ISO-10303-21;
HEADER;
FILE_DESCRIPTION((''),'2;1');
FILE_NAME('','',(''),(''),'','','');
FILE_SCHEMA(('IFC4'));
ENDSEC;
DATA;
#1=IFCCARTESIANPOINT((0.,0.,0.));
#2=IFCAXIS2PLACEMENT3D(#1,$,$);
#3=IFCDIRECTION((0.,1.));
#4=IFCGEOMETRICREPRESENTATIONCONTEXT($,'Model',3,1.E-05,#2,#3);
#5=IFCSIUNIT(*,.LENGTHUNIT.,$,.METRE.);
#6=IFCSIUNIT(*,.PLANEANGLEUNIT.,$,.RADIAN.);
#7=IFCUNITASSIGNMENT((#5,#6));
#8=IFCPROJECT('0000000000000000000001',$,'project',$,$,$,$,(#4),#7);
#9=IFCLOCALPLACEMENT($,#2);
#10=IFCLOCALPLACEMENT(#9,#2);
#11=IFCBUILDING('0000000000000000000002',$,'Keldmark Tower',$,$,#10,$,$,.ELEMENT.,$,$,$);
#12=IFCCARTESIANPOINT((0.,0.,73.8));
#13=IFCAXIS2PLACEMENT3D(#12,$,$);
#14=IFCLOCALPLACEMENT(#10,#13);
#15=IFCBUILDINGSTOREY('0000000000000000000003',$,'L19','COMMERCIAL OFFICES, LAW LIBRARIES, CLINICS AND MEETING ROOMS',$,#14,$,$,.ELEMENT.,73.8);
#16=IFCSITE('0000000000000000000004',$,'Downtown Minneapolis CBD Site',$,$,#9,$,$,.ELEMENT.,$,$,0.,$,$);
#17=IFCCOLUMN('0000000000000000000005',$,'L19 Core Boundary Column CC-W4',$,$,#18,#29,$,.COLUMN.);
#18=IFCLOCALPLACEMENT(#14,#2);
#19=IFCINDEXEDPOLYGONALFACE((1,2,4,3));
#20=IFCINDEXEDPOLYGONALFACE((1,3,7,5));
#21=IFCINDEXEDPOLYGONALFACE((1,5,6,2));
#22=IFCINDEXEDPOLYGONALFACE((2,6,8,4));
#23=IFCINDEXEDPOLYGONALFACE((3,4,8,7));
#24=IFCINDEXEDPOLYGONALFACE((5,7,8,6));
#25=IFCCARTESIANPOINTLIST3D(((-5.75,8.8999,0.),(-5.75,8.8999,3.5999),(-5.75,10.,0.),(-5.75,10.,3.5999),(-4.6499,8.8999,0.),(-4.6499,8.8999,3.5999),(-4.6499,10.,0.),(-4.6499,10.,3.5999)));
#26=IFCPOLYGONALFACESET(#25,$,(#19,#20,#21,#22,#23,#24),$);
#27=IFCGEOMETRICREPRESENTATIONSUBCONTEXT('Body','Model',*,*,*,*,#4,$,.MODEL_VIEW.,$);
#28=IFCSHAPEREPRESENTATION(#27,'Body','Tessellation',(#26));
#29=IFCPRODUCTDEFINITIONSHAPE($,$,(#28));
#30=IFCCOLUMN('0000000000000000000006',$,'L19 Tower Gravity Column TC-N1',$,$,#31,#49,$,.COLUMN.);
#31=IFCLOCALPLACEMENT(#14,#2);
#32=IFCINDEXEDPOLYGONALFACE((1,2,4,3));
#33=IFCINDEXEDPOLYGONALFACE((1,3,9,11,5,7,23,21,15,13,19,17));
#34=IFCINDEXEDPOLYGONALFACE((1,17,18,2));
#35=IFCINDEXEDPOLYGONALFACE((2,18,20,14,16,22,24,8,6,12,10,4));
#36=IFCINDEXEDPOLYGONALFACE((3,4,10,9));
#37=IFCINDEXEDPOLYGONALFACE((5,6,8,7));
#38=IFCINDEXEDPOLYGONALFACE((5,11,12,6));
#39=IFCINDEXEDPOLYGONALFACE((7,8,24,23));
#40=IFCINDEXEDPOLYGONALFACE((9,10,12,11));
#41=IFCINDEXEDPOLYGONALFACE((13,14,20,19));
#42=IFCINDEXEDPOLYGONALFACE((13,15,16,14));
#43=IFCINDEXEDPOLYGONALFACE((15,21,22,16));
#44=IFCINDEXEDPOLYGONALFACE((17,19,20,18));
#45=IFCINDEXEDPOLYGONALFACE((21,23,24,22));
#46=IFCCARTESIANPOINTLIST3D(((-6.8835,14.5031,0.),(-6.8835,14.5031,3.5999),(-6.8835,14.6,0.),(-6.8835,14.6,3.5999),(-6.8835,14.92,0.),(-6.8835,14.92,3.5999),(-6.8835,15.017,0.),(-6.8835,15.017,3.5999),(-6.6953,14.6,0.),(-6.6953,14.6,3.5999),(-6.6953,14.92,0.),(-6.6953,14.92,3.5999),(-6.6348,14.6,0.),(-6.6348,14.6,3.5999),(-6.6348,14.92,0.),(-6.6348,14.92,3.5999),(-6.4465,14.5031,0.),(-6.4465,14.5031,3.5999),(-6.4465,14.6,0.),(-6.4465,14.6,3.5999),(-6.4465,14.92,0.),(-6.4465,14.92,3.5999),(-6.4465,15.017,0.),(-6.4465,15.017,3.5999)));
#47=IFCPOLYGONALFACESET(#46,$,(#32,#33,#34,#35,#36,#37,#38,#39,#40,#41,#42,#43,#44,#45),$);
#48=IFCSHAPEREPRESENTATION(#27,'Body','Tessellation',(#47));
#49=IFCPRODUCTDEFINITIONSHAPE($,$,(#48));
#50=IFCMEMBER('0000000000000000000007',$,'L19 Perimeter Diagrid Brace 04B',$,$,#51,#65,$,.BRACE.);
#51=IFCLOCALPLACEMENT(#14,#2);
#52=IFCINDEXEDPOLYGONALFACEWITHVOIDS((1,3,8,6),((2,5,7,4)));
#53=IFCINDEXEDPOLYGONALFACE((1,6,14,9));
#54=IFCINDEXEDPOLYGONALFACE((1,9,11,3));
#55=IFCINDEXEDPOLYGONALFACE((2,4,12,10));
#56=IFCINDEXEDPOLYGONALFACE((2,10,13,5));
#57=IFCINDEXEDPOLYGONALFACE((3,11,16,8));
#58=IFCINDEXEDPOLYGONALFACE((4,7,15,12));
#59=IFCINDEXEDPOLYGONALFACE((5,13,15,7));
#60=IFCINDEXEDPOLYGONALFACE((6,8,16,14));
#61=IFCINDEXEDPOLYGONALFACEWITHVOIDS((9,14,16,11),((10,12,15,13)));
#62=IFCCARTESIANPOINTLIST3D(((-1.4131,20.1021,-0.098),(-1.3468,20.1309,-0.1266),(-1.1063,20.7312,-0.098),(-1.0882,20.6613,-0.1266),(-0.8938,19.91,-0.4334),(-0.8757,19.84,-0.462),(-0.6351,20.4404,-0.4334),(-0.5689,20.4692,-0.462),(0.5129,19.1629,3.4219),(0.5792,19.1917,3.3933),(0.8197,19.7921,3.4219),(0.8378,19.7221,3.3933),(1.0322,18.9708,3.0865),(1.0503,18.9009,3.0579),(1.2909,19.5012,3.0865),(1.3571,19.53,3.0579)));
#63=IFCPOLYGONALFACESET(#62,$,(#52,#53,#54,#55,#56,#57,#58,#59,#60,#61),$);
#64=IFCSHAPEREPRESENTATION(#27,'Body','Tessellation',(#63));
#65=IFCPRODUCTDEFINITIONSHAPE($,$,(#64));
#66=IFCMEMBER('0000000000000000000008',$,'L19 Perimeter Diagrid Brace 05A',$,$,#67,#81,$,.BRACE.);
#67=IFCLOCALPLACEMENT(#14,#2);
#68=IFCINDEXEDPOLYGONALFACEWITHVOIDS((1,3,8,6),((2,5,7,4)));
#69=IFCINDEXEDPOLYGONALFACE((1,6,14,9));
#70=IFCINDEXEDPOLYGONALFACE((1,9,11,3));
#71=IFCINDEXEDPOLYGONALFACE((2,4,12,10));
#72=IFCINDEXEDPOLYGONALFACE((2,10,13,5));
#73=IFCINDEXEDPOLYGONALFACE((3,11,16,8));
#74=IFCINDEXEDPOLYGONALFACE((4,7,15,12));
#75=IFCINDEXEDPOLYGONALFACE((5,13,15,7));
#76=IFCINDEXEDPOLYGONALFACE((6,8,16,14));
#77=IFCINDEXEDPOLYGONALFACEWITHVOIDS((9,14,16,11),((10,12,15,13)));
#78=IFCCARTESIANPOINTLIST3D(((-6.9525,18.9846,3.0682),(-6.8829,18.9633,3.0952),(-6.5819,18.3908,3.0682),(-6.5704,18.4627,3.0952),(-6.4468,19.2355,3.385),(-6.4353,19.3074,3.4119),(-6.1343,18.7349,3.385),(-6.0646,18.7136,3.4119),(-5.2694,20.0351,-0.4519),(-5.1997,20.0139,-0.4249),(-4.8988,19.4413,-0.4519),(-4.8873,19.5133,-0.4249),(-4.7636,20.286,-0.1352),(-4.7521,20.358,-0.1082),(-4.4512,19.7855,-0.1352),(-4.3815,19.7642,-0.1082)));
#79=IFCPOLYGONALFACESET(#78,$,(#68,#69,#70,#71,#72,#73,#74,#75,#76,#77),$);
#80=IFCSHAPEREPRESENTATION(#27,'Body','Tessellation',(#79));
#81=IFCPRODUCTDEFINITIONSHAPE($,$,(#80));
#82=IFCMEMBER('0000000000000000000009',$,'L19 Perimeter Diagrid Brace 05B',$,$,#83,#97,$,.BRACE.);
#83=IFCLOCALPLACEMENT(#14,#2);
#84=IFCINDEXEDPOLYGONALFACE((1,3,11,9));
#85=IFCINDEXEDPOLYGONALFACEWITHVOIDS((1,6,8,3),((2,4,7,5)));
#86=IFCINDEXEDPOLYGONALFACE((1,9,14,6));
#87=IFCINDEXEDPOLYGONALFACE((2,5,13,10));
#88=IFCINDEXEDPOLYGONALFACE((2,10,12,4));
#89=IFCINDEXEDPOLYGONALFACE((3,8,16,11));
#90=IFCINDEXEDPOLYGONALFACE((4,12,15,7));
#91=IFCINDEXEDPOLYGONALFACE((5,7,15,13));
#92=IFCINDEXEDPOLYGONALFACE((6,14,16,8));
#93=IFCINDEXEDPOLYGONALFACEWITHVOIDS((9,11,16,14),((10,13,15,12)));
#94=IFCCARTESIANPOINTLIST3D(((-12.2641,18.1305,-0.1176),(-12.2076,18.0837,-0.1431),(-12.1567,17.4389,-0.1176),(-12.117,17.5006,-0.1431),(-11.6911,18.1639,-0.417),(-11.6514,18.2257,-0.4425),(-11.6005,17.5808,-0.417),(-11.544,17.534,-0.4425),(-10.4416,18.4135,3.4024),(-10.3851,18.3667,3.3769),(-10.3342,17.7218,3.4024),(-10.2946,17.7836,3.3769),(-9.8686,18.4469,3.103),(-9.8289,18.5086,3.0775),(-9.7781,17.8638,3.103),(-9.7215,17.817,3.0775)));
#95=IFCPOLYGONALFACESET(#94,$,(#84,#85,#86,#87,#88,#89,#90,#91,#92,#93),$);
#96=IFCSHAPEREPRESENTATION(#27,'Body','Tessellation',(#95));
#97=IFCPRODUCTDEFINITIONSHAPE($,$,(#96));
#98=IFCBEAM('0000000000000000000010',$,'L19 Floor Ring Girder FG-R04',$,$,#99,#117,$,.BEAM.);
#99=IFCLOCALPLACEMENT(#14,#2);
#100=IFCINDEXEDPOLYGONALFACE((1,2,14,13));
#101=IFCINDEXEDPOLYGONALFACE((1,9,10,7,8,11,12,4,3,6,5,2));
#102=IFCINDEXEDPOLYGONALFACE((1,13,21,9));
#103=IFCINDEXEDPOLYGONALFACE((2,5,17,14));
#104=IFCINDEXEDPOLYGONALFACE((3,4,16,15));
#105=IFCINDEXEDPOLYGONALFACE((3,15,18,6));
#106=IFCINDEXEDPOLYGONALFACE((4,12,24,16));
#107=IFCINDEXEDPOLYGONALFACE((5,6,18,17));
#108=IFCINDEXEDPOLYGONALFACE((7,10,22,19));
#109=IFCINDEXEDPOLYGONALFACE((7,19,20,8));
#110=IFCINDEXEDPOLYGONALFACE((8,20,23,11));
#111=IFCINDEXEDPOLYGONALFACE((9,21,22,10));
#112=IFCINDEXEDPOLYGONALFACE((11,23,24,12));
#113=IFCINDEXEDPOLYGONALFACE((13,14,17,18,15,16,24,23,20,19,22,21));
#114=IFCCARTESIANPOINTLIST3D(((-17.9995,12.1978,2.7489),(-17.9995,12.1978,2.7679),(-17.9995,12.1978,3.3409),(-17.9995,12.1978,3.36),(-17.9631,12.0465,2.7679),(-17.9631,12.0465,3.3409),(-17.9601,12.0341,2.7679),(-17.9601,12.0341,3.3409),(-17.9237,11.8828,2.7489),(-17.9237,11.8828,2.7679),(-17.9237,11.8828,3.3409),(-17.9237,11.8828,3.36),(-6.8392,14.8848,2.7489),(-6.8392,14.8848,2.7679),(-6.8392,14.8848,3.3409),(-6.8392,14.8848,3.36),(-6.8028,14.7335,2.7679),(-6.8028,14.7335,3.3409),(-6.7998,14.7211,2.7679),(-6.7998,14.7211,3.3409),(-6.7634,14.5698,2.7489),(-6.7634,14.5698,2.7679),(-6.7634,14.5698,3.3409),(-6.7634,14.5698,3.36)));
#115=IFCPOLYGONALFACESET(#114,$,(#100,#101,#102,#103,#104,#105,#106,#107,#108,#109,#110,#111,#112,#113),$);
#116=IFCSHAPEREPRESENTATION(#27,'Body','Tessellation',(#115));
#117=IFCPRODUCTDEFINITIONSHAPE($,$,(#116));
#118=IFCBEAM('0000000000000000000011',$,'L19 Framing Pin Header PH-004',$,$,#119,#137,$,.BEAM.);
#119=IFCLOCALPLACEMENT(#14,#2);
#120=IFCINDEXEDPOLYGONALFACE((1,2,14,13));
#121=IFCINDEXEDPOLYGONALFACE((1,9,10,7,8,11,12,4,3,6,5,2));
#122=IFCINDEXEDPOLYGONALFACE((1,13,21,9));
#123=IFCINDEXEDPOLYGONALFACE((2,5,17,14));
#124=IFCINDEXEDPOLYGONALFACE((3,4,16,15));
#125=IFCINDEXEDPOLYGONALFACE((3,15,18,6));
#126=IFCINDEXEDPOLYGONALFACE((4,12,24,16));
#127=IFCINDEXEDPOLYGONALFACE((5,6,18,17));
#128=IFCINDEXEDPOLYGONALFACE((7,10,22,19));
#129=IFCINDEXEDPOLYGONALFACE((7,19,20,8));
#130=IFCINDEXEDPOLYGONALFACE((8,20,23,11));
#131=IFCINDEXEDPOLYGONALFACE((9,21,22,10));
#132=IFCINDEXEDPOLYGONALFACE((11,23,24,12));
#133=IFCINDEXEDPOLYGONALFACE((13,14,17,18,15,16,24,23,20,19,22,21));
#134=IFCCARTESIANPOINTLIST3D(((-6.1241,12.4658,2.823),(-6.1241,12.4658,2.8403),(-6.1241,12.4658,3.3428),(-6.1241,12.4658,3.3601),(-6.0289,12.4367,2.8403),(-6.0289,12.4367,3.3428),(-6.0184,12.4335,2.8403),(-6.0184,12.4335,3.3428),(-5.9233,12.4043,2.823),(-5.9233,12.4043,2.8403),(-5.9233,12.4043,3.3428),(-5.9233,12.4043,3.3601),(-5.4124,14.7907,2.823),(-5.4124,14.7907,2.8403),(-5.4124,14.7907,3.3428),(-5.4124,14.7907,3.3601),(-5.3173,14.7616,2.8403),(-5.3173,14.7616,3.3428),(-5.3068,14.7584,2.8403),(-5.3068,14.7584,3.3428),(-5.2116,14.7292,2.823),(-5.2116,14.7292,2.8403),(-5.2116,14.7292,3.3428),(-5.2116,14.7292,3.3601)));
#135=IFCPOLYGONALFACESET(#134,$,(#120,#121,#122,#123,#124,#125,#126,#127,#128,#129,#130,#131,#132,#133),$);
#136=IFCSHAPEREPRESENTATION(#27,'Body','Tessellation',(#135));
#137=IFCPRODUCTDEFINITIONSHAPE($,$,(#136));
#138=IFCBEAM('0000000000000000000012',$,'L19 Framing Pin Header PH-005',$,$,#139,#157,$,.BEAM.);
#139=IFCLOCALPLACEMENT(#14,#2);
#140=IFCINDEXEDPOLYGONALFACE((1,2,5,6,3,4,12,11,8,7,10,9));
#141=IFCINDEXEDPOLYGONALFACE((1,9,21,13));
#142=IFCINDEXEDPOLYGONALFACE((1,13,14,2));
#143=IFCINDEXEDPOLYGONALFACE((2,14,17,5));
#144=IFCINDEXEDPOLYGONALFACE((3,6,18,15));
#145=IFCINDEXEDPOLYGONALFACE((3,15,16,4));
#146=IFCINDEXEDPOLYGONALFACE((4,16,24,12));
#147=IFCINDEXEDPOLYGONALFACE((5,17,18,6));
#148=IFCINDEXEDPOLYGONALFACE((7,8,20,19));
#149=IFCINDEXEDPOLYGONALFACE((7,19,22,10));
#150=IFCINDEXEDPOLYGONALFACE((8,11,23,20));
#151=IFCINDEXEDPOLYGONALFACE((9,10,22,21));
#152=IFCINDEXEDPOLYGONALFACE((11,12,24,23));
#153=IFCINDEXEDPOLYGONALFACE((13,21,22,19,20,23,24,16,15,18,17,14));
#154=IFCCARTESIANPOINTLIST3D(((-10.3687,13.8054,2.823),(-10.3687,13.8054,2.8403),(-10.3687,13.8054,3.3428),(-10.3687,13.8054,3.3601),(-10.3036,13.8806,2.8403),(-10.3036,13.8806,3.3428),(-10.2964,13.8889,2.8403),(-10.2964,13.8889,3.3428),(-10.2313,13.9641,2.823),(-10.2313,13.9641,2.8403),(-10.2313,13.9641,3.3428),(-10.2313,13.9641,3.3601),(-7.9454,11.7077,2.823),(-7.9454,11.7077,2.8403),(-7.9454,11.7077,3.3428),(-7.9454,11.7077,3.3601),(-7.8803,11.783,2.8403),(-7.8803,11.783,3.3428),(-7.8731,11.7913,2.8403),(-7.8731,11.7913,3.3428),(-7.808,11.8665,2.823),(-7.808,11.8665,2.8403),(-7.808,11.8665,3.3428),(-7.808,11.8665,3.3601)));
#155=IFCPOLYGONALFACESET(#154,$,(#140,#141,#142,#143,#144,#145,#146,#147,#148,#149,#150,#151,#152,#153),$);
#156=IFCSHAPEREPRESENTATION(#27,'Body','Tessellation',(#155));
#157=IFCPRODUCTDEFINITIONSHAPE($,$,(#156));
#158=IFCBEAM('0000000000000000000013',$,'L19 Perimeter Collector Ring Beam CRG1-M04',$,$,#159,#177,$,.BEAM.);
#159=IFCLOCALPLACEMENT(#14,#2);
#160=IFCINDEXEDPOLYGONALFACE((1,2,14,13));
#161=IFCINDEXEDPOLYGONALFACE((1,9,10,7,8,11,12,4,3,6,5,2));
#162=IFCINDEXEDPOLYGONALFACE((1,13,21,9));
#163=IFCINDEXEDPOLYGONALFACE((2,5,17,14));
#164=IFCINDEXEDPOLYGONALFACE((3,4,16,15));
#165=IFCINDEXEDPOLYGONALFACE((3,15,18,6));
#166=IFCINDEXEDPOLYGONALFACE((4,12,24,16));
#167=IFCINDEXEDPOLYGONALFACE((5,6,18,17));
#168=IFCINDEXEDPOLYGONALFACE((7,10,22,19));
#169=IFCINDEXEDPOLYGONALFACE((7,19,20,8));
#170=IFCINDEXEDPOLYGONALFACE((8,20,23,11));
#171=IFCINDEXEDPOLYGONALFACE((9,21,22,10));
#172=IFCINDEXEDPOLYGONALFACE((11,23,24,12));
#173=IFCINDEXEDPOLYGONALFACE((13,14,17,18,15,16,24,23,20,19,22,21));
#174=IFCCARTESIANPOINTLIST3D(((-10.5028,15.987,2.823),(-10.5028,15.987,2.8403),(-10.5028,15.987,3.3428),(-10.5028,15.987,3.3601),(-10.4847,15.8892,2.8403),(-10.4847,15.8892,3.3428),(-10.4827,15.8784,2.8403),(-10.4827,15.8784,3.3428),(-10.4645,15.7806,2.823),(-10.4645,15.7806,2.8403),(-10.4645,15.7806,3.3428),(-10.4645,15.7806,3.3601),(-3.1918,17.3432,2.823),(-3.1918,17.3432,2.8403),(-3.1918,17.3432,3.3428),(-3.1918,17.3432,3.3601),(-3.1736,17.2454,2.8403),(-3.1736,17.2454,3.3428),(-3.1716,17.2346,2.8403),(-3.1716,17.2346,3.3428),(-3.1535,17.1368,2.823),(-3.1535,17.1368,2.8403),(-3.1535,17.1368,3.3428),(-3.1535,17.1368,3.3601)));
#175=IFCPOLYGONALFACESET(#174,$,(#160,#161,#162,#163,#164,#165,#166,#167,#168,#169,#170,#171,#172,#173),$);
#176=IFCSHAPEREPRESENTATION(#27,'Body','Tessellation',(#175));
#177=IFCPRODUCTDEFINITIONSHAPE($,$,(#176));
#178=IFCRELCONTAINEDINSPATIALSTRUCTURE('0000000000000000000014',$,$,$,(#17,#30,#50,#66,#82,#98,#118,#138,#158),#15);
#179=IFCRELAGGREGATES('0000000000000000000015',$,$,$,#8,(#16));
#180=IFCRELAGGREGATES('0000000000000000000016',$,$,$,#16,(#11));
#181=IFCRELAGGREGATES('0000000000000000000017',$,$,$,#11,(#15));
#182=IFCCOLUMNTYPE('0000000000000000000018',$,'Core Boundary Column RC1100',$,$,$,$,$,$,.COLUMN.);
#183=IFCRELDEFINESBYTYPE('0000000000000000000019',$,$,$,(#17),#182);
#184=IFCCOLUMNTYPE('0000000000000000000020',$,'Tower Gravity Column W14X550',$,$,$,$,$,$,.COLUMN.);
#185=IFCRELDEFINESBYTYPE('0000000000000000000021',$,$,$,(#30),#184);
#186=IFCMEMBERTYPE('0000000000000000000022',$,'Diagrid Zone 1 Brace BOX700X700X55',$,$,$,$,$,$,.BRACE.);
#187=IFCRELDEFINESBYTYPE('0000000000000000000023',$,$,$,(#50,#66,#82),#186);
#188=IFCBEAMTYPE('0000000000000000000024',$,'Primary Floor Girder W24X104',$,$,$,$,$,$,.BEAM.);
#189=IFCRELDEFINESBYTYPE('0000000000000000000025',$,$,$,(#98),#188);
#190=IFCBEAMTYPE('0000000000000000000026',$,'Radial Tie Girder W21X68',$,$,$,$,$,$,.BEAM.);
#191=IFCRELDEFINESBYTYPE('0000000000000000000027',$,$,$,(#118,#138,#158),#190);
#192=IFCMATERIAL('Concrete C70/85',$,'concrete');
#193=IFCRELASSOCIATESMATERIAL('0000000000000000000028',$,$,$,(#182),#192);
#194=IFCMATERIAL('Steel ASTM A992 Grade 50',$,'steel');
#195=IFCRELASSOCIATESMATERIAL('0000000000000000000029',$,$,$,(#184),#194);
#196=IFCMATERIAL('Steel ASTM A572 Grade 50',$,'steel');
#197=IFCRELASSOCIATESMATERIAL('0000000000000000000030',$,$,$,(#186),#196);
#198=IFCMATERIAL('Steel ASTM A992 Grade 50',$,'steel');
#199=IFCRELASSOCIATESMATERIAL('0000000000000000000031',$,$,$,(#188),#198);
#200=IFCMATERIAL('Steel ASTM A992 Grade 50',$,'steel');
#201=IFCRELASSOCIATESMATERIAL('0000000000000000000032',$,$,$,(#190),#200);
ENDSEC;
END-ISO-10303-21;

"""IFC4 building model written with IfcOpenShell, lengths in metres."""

from ifc_helpers import new_model, si_unit, direction, frame, origin, origin_2d, place, context, subcontext, project, spatial, rectangle, hollow_rectangle, i_section, extrude, material, material_profile, profile_set, type_object, element, save


model = new_model("IFC4")

# Units and contexts
model_context = context("Model", 3, precision=1e-05, world=origin(), true_north=direction((0.0, 1.0)))
body_context = subcontext(model_context, "Body", "Model", "MODEL_VIEW")
ifc_project = project(units=[si_unit("LENGTHUNIT", "METRE"), si_unit("PLANEANGLEUNIT", "RADIAN")], contexts=[model_context])

# Site, building, storey
site_placement = place(None, origin())
site = spatial("IfcSite", under=ifc_project, at=site_placement, Name="Downtown Minneapolis CBD Site", CompositionType="ELEMENT", RefElevation=0.0)
building_placement = place(site_placement, origin())
building = spatial("IfcBuilding", under=site, at=building_placement, Name="Keldmark Tower", CompositionType="ELEMENT")
storey_placement = place(building_placement, frame((0.0, 0.0, 73.8)))
storey = spatial("IfcBuildingStorey", under=building, at=storey_placement, Name="L19", Description="COMMERCIAL OFFICES, LAW LIBRARIES, CLINICS AND MEETING ROOMS", CompositionType="ELEMENT", Elevation=73.8)

# Columns
ifc_material_1 = material(Name="Concrete C70/85", Category="concrete")
ifc_material_profile_1 = material_profile(ifc_material_1, rectangle(XDim=1.1001, YDim=1.1001, at=origin_2d()), Name="RC1100X1100")
ifc_profile_set_1 = profile_set([ifc_material_profile_1], Name="Concrete C70/85")
column_type_1 = type_object("IfcColumnType", Name="Core Boundary Column RC1100", PredefinedType="COLUMN", material=ifc_profile_set_1)
column_1_placement = place(storey_placement, frame((-5.2, 9.45, 0.0), z_axis=(0.0, 0.0, 1.0), x_axis=(1.0, 0.0, 0.0)))
element("IfcColumn", 1, at=column_1_placement, inside=storey, type_object=column_type_1, Name="L19 Core Boundary Column CC-W4", PredefinedType="COLUMN", context=body_context, shape_type="SweptSolid", body=[
    extrude(rectangle(XDim=1.1001, YDim=1.1001, at=origin_2d()), origin(), (0.0, 0.0, 1.0), 3.5999),
])
ifc_material_2 = material(Name="Steel ASTM A992 Grade 50", Category="steel")
ifc_material_profile_2 = material_profile(ifc_material_2, i_section(OverallWidth=0.437, OverallDepth=0.5139, WebThickness=0.0605, FlangeThickness=0.0969, at=origin_2d()), Name="W14X550")
ifc_profile_set_2 = profile_set([ifc_material_profile_2], Name="Steel ASTM A992 Grade 50")
column_type_2 = type_object("IfcColumnType", Name="Tower Gravity Column W14X550", PredefinedType="COLUMN", material=ifc_profile_set_2)
column_2_placement = place(storey_placement, frame((-6.665, 14.76, 0.0), z_axis=(0.0, 0.0, 1.0), x_axis=(1.0, 0.0, 0.0)))
element("IfcColumn", 2, at=column_2_placement, inside=storey, type_object=column_type_2, Name="L19 Tower Gravity Column TC-N1", PredefinedType="COLUMN", context=body_context, shape_type="SweptSolid", body=[
    extrude(i_section(OverallWidth=0.437, OverallDepth=0.5139, WebThickness=0.0605, FlangeThickness=0.0969, at=origin_2d()), origin(), (0.0, 0.0, 1.0), 3.5999),
])

# Members
ifc_material_3 = material(Name="Steel ASTM A572 Grade 50", Category="steel")
ifc_material_profile_3 = material_profile(ifc_material_3, hollow_rectangle(XDim=0.7, YDim=0.7, WallThickness=0.0549, at=origin_2d()), Name="BOX700X700X55")
ifc_profile_set_3 = profile_set([ifc_material_profile_3], Name="Steel ASTM A572 Grade 50")
member_type = type_object("IfcMemberType", Name="Diagrid Zone 1 Brace BOX700X700X55", PredefinedType="BRACE", material=ifc_profile_set_3)
member_1_placement = place(storey_placement, frame((-0.991, 20.2856, -0.28), z_axis=(0.467374, -0.227911, 0.854177), x_axis=(0.438305, 0.898826, 0.0)))
element("IfcMember", 3, at=member_1_placement, inside=storey, type_object=member_type, Name="L19 Perimeter Diagrid Brace 04B", PredefinedType="BRACE", context=body_context, shape_type="SweptSolid", body=[
    extrude(hollow_rectangle(XDim=0.7, YDim=0.7, WallThickness=0.0549, at=origin_2d()), origin(), (0.0, 0.0, 1.0), 4.1208),
])
member_2_placement = place(storey_placement, frame((-4.8254, 19.8997, -0.28), z_axis=(-0.416541, -0.259991, 0.871148), x_axis=(0.52949, -0.848316, 0.0)))
element("IfcMember", 4, at=member_2_placement, inside=storey, type_object=member_type, Name="L19 Perimeter Diagrid Brace 05A", PredefinedType="BRACE", context=body_context, shape_type="SweptSolid", body=[
    extrude(hollow_rectangle(XDim=0.7, YDim=0.7, WallThickness=0.0549, at=origin_2d()), origin(), (0.0, 0.0, 1.0), 4.0408),
])
member_3_placement = place(storey_placement, frame((-11.9041, 17.8323, -0.28), z_axis=(0.458616, 0.071204, 0.885777), x_axis=(-0.15342, 0.988161, 0.0)))
element("IfcMember", 5, at=member_3_placement, inside=storey, type_object=member_type, Name="L19 Perimeter Diagrid Brace 05B", PredefinedType="BRACE", context=body_context, shape_type="SweptSolid", body=[
    extrude(hollow_rectangle(XDim=0.7, YDim=0.7, WallThickness=0.0549, at=origin_2d()), origin(), (0.0, 0.0, 1.0), 3.9739),
])

# Beams
ifc_material_4 = material(Name="Steel ASTM A992 Grade 50", Category="steel")
ifc_material_profile_4 = material_profile(ifc_material_4, i_section(OverallWidth=0.324, OverallDepth=0.6111, WebThickness=0.0127, FlangeThickness=0.019, at=origin_2d()), Name="W24X104")
ifc_profile_set_4 = profile_set([ifc_material_profile_4], Name="Steel ASTM A992 Grade 50")
beam_type_1 = type_object("IfcBeamType", Name="Primary Floor Girder W24X104", PredefinedType="BEAM", material=ifc_profile_set_4)
beam_1_placement = place(storey_placement, frame((-6.8013, 14.7273, 3.0544), z_axis=(-0.972219, -0.234074, 0.0), x_axis=(0.234074, -0.972219, 0.0)))
element("IfcBeam", 6, at=beam_1_placement, inside=storey, type_object=beam_type_1, Name="L19 Floor Ring Girder FG-R04", PredefinedType="BEAM", context=body_context, shape_type="SweptSolid", body=[
    extrude(i_section(OverallWidth=0.324, OverallDepth=0.6111, WebThickness=0.0127, FlangeThickness=0.019, at=origin_2d()), origin(), (0.0, 0.0, 1.0), 11.4792),
])
ifc_material_5 = material(Name="Steel ASTM A992 Grade 50", Category="steel")
ifc_material_profile_5 = material_profile(ifc_material_5, i_section(OverallWidth=0.21, OverallDepth=0.5371, WebThickness=0.011, FlangeThickness=0.0173, at=origin_2d()), Name="W21X68")
ifc_profile_set_5 = profile_set([ifc_material_profile_5], Name="Steel ASTM A992 Grade 50")
beam_type_2 = type_object("IfcBeamType", Name="Radial Tie Girder W21X68", PredefinedType="BEAM", material=ifc_profile_set_5)
beam_2_placement = place(storey_placement, frame((-6.0237, 12.4351, 3.0916), z_axis=(0.292696, 0.956206, 0.0), x_axis=(-0.956206, 0.292696, 0.0)))
element("IfcBeam", 7, at=beam_2_placement, inside=storey, type_object=beam_type_2, Name="L19 Framing Pin Header PH-004", PredefinedType="BEAM", context=body_context, shape_type="SweptSolid", body=[
    extrude(i_section(OverallWidth=0.21, OverallDepth=0.5371, WebThickness=0.011, FlangeThickness=0.0173, at=origin_2d()), origin(), (0.0, 0.0, 1.0), 2.4314),
])
beam_3_placement = place(storey_placement, frame((-7.8767, 11.7871, 3.0916), z_axis=(-0.756086, 0.654472, 0.0), x_axis=(-0.654472, -0.756086, 0.0)))
element("IfcBeam", 8, at=beam_3_placement, inside=storey, type_object=beam_type_2, Name="L19 Framing Pin Header PH-005", PredefinedType="BEAM", context=body_context, shape_type="SweptSolid", body=[
    extrude(i_section(OverallWidth=0.21, OverallDepth=0.5371, WebThickness=0.011, FlangeThickness=0.0173, at=origin_2d()), origin(), (0.0, 0.0, 1.0), 3.2051),
])
beam_4_placement = place(storey_placement, frame((-3.1726, 17.24, 3.0916), z_axis=(-0.983226, -0.182389, 0.0), x_axis=(0.182389, -0.983226, 0.0)))
element("IfcBeam", 9, at=beam_4_placement, inside=storey, type_object=beam_type_2, Name="L19 Perimeter Collector Ring Beam CRG1-M04", PredefinedType="BEAM", context=body_context, shape_type="SweptSolid", body=[
    extrude(i_section(OverallWidth=0.21, OverallDepth=0.5371, WebThickness=0.011, FlangeThickness=0.0173, at=origin_2d()), origin(), (0.0, 0.0, 1.0), 7.4358),
])

save(model, "model.ifc")
